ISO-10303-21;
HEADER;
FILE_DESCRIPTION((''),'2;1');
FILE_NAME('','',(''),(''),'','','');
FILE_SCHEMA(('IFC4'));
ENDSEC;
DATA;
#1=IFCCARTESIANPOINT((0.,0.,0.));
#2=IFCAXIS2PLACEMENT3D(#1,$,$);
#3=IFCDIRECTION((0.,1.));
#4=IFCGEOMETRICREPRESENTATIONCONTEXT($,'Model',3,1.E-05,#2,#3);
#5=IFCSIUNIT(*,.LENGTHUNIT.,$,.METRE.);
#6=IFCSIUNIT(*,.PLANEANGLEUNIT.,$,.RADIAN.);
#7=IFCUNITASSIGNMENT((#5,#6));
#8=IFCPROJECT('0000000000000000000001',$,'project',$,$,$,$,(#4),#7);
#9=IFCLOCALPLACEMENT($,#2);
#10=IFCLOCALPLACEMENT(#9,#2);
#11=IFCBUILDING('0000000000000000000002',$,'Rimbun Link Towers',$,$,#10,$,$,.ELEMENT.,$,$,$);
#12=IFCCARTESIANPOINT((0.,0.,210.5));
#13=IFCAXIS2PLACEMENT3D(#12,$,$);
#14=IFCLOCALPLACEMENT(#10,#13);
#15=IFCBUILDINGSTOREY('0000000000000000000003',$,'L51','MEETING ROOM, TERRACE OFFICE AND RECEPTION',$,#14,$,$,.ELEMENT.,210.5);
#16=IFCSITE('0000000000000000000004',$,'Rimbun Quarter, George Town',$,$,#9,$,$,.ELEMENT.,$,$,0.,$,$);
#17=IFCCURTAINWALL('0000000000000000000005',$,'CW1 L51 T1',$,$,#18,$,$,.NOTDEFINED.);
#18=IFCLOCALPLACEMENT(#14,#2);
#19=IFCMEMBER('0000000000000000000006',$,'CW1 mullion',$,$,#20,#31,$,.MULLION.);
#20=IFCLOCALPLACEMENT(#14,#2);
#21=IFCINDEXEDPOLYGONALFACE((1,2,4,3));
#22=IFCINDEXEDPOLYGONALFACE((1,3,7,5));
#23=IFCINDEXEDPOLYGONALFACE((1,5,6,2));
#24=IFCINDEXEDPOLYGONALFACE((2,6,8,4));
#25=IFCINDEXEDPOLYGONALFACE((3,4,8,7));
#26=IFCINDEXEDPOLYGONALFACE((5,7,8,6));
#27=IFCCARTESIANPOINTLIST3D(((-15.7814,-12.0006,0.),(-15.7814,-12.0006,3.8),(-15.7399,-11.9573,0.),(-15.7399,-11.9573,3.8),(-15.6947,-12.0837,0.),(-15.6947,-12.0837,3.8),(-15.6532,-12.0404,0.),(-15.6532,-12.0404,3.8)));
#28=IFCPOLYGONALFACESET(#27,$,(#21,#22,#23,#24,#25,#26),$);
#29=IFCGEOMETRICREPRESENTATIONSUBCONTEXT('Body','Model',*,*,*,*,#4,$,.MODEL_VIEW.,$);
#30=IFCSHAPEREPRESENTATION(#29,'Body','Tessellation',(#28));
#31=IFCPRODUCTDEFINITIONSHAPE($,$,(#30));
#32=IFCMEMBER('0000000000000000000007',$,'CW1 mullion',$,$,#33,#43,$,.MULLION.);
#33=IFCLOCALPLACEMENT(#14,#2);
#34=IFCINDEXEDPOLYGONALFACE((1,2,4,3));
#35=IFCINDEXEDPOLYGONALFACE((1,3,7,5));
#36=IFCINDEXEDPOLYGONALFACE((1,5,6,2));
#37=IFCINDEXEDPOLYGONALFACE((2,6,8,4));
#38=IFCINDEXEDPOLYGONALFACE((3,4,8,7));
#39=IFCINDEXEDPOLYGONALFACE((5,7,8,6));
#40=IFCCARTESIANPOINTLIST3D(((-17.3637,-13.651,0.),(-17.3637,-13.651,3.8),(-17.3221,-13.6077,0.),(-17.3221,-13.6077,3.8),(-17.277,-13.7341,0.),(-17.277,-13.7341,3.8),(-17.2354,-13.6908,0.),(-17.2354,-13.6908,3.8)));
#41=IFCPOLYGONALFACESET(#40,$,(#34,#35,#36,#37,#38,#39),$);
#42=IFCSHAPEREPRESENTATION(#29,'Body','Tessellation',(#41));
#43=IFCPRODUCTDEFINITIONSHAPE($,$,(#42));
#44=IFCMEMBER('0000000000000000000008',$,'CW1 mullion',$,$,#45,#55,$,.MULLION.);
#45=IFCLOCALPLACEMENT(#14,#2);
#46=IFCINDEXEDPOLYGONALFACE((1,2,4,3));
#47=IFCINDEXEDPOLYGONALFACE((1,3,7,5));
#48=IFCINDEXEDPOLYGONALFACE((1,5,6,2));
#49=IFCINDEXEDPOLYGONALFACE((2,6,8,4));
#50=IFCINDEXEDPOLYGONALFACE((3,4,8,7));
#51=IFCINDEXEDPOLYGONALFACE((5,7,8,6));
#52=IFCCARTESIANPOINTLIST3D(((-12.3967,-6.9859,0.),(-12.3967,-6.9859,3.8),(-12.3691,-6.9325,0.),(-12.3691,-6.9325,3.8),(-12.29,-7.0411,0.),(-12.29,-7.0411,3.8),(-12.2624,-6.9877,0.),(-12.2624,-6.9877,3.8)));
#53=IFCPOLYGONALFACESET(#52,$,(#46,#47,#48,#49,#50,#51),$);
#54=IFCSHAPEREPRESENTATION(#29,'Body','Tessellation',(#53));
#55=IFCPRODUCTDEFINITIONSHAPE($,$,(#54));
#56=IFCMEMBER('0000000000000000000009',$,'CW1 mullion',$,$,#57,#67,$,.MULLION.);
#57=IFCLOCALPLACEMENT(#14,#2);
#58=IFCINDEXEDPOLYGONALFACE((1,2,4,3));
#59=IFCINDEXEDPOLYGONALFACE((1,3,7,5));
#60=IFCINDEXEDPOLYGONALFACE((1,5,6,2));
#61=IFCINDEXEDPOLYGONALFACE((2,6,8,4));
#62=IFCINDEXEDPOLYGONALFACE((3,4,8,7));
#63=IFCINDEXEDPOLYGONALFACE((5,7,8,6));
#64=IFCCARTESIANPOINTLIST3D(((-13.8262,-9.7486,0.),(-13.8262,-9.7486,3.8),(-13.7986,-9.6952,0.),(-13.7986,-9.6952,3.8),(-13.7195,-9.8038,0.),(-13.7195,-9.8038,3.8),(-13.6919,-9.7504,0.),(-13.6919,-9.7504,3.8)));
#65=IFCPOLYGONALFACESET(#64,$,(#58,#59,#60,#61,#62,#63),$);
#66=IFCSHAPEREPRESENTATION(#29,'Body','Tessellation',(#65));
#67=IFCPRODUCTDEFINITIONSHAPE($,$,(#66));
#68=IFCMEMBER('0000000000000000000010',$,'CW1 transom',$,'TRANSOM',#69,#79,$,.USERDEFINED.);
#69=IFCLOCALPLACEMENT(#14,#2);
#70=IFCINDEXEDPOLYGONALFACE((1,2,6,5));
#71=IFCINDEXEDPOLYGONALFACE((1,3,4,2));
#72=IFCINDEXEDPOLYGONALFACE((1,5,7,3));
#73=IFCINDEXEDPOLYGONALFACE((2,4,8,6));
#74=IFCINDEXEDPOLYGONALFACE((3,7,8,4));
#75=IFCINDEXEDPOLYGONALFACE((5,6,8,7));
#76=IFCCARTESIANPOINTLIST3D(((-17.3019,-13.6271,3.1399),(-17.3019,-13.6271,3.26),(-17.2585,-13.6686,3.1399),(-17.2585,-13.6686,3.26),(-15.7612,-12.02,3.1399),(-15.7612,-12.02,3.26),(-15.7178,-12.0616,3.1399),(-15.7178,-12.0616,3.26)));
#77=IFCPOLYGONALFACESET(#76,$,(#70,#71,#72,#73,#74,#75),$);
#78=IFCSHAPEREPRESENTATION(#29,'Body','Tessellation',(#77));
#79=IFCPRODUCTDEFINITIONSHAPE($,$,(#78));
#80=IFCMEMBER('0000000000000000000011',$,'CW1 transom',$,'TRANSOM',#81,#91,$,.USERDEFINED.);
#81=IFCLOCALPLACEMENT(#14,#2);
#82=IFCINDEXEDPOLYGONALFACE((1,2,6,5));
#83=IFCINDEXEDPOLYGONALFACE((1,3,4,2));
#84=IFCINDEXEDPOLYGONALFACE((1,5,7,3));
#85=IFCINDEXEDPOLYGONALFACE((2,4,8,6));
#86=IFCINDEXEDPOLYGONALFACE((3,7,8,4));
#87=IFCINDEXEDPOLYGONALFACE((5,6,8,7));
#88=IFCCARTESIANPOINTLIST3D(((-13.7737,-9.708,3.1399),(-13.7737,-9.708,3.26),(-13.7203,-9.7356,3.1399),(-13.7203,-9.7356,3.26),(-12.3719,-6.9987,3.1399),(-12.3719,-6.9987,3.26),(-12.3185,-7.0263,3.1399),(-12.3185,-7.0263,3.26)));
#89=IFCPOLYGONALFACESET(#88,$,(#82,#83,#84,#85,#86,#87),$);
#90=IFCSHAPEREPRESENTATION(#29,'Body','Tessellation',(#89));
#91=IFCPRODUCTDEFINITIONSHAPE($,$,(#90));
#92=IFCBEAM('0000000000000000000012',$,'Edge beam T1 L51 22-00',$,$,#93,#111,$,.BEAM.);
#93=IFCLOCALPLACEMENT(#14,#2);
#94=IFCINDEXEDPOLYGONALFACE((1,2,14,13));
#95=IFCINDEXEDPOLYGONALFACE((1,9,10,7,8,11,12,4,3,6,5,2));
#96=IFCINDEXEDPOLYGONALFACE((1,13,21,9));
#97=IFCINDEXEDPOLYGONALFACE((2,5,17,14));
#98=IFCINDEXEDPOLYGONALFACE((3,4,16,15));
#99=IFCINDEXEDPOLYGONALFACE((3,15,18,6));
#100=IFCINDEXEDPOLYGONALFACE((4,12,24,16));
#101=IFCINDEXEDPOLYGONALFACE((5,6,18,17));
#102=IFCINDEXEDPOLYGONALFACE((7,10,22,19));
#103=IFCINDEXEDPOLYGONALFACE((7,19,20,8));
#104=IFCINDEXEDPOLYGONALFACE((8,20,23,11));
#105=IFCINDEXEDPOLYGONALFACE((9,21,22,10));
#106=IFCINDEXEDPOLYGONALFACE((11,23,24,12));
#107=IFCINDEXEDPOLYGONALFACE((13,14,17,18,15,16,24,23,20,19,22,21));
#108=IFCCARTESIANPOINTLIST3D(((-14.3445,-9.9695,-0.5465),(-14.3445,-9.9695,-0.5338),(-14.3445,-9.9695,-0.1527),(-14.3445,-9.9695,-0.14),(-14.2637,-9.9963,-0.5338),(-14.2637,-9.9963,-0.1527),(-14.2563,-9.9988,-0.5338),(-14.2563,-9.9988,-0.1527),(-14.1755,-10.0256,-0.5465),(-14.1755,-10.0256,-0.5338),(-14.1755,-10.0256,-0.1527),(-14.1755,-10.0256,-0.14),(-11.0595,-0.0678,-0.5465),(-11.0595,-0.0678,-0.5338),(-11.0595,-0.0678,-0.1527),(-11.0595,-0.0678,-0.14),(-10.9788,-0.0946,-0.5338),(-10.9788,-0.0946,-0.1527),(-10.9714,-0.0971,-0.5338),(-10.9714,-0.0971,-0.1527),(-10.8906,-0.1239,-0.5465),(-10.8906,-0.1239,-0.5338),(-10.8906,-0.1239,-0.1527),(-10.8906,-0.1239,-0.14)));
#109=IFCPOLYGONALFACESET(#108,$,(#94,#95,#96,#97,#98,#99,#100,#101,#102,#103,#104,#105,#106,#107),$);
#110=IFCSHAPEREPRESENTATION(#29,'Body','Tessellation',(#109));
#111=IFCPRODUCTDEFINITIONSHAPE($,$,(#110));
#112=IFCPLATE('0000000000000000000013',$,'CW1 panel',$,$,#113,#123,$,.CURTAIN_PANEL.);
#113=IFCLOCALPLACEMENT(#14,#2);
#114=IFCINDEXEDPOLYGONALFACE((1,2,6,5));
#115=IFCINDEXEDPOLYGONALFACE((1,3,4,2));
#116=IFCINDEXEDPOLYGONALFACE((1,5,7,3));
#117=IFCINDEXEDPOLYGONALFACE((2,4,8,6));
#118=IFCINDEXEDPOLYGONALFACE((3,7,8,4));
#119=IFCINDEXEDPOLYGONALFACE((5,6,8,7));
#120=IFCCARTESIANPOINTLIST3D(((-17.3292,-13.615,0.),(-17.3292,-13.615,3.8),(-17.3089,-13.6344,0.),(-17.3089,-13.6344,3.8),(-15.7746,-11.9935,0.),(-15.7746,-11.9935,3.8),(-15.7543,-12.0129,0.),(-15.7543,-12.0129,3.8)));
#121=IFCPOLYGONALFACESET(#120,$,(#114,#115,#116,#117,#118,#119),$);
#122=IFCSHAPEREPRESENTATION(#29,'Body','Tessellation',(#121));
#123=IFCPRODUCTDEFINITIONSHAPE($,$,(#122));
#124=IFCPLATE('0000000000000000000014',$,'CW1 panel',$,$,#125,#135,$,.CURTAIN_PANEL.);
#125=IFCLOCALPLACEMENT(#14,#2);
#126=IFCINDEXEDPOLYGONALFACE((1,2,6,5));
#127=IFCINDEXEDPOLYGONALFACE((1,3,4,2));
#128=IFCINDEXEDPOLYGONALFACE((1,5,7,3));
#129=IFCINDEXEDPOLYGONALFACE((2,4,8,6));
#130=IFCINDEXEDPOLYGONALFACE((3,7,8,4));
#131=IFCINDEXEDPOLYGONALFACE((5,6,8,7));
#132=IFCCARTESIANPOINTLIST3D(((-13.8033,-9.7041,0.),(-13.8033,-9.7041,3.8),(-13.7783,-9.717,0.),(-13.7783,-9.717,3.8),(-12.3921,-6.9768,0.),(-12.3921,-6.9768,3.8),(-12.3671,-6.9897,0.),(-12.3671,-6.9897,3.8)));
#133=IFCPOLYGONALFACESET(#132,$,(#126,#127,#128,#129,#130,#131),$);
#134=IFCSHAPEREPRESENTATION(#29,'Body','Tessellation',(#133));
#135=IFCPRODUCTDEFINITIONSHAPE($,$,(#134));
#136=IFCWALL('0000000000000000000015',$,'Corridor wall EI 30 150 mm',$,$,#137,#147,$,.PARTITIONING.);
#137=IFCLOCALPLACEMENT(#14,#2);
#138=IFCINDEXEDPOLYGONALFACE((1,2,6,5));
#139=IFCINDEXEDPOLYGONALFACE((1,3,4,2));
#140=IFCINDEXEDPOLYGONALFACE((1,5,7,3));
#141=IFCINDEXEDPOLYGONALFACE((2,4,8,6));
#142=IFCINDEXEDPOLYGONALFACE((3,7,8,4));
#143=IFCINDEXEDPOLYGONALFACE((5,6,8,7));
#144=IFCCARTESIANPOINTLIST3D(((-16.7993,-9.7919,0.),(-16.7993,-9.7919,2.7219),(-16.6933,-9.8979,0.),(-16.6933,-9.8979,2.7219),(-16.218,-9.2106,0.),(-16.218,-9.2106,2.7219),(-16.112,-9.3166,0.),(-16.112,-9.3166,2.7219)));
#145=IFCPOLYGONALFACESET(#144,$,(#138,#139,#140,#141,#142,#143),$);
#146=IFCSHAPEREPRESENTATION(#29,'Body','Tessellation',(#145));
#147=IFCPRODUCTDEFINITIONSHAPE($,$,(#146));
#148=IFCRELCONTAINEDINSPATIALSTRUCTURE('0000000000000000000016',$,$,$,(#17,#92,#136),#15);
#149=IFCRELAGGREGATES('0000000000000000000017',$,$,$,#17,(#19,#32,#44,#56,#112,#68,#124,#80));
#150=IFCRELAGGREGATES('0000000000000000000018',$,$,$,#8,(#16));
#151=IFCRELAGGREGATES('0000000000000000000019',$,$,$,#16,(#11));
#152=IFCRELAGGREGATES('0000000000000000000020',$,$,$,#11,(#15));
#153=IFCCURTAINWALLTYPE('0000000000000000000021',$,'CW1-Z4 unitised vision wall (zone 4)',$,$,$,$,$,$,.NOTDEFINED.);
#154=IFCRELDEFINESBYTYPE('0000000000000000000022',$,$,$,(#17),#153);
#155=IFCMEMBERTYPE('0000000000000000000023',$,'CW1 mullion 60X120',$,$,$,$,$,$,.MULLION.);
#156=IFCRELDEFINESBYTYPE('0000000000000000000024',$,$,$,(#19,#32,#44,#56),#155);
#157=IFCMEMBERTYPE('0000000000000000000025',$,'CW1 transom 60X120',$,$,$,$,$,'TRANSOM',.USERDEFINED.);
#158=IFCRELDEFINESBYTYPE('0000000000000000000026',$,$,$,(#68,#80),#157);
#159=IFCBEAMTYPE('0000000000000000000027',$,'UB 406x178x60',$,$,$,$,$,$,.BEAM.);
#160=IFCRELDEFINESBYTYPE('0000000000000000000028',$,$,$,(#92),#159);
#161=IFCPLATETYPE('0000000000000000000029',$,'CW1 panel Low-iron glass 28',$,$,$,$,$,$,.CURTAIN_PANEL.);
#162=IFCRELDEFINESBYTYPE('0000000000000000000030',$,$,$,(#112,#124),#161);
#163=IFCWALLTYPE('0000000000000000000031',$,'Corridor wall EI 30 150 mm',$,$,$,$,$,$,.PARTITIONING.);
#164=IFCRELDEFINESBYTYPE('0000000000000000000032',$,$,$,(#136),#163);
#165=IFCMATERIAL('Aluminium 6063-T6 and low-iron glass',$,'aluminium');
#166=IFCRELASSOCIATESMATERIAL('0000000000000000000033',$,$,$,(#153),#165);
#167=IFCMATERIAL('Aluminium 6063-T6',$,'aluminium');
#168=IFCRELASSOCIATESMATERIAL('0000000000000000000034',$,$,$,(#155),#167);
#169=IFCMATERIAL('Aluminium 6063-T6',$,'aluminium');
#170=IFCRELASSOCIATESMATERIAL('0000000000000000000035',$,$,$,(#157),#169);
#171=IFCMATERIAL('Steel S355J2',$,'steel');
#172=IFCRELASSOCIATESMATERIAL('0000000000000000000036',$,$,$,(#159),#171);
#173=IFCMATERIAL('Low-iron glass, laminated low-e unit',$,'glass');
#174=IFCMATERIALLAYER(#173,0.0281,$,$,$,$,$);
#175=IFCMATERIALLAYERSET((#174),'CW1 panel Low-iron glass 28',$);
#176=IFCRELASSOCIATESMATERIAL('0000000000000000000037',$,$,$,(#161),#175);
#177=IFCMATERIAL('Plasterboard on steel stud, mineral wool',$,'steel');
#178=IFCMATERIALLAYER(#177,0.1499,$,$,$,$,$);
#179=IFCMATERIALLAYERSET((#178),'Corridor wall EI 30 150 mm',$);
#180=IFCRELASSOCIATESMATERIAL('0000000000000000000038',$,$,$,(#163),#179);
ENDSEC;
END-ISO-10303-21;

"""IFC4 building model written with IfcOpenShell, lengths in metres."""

from ifc_helpers import new_model, si_unit, direction, frame, frame_2d, origin, origin_2d, place, context, subcontext, project, spatial, rectangle, i_section, extrude, material, layer, layer_set, material_profile, profile_set, type_object, element, aggregate, save


model = new_model("IFC4")

# Units and contexts
model_context = context("Model", 3, precision=1e-05, world=origin(), true_north=direction((0.0, 1.0)))
body_context = subcontext(model_context, "Body", "Model", "MODEL_VIEW")
ifc_project = project(units=[si_unit("LENGTHUNIT", "METRE"), si_unit("PLANEANGLEUNIT", "RADIAN")], contexts=[model_context])

# Site, building, storey
site_placement = place(None, origin())
site = spatial("IfcSite", under=ifc_project, at=site_placement, Name="Rimbun Quarter, George Town", CompositionType="ELEMENT", RefElevation=0.0)
building_placement = place(site_placement, origin())
building = spatial("IfcBuilding", under=site, at=building_placement, Name="Rimbun Link Towers", CompositionType="ELEMENT")
storey_placement = place(building_placement, frame((0.0, 0.0, 210.5)))
storey = spatial("IfcBuildingStorey", under=building, at=storey_placement, Name="L51", Description="MEETING ROOM, TERRACE OFFICE AND RECEPTION", CompositionType="ELEMENT", Elevation=210.5)

# Curtain wall, members
ifc_material_1 = material(Name="Aluminium 6063-T6 and low-iron glass", Category="aluminium")
curtain_wall_type = type_object("IfcCurtainWallType", Name="CW1-Z4 unitised vision wall (zone 4)", PredefinedType="NOTDEFINED", material=ifc_material_1)
curtain_wall_placement = place(storey_placement, origin())
curtain_wall = element("IfcCurtainWall", 1, at=curtain_wall_placement, inside=storey, type_object=curtain_wall_type, Name="CW1 L51 T1", PredefinedType="NOTDEFINED")
ifc_material_2 = material(Name="Aluminium 6063-T6", Category="aluminium")
ifc_material_profile_1 = material_profile(ifc_material_2, rectangle(XDim=0.1201, YDim=0.0601, at=origin_2d()), Name="MULLION 60X120")
ifc_profile_set_1 = profile_set([ifc_material_profile_1], Name="Aluminium 6063-T6")
member_type_1 = type_object("IfcMemberType", Name="CW1 mullion 60X120", PredefinedType="MULLION", material=ifc_profile_set_1)
member_1_placement = place(storey_placement, frame((-15.7173, -12.0205, 0.0), z_axis=(0.0, 0.0, 1.0), x_axis=(0.721846, -0.692053, 0.0)))
member_1 = element("IfcMember", 2, at=member_1_placement, type_object=member_type_1, Name="CW1 mullion", PredefinedType="MULLION", context=body_context, shape_type="SweptSolid", body=[
    extrude(rectangle(XDim=0.1201, YDim=0.0601, at=origin_2d()), origin(), (0.0, 0.0, 1.0), 3.8),
])
member_2_placement = place(storey_placement, frame((-17.2996, -13.6709, 0.0), z_axis=(0.0, 0.0, 1.0), x_axis=(0.721846, -0.692053, 0.0)))
member_2 = element("IfcMember", 3, at=member_2_placement, type_object=member_type_1, Name="CW1 mullion", PredefinedType="MULLION", context=body_context, shape_type="SweptSolid", body=[
    extrude(rectangle(XDim=0.1201, YDim=0.0601, at=origin_2d()), origin(), (0.0, 0.0, 1.0), 3.8),
])
member_3_placement = place(storey_placement, frame((-12.3296, -6.9868, 0.0), z_axis=(0.0, 0.0, 1.0), x_axis=(0.88815, -0.459554, 0.0)))
member_3 = element("IfcMember", 4, at=member_3_placement, type_object=member_type_1, Name="CW1 mullion", PredefinedType="MULLION", context=body_context, shape_type="SweptSolid", body=[
    extrude(rectangle(XDim=0.1201, YDim=0.0601, at=origin_2d()), origin(), (0.0, 0.0, 1.0), 3.8),
])
member_4_placement = place(storey_placement, frame((-13.759, -9.7495, 0.0), z_axis=(0.0, 0.0, 1.0), x_axis=(0.88815, -0.459554, 0.0)))
member_4 = element("IfcMember", 5, at=member_4_placement, type_object=member_type_1, Name="CW1 mullion", PredefinedType="MULLION", context=body_context, shape_type="SweptSolid", body=[
    extrude(rectangle(XDim=0.1201, YDim=0.0601, at=origin_2d()), origin(), (0.0, 0.0, 1.0), 3.8),
])
ifc_material_3 = material(Name="Aluminium 6063-T6", Category="aluminium")
ifc_material_profile_2 = material_profile(ifc_material_3, rectangle(XDim=0.0601, YDim=0.1201, at=origin_2d()), Name="TRANSOM 60X120")
ifc_profile_set_2 = profile_set([ifc_material_profile_2], Name="Aluminium 6063-T6")
member_type_2 = type_object("IfcMemberType", Name="CW1 transom 60X120", ElementType="TRANSOM", PredefinedType="USERDEFINED", material=ifc_profile_set_2)
member_5_placement = place(storey_placement, frame((-15.7395, -12.0408, 3.2), z_axis=(-0.692036, -0.721863, 0.0), x_axis=(0.721863, -0.692036, 0.0)))
member_5 = element("IfcMember", 6, at=member_5_placement, type_object=member_type_2, Name="CW1 transom", ObjectType="TRANSOM", PredefinedType="USERDEFINED", context=body_context, shape_type="SweptSolid", body=[
    extrude(rectangle(XDim=0.0601, YDim=0.1201, at=origin_2d()), origin(), (0.0, 0.0, 1.0), 2.2263),
])
member_6_placement = place(storey_placement, frame((-12.3452, -7.0125, 3.2), z_axis=(-0.459527, -0.888164, 0.0), x_axis=(0.888164, -0.459527, 0.0)))
member_6 = element("IfcMember", 7, at=member_6_placement, type_object=member_type_2, Name="CW1 transom", ObjectType="TRANSOM", PredefinedType="USERDEFINED", context=body_context, shape_type="SweptSolid", body=[
    extrude(rectangle(XDim=0.0601, YDim=0.1201, at=origin_2d()), origin(), (0.0, 0.0, 1.0), 3.0505),
])

# Beam
ifc_material_4 = material(Name="Steel S355J2", Category="steel")
ifc_material_profile_3 = material_profile(ifc_material_4, i_section(OverallWidth=0.178, OverallDepth=0.4065, WebThickness=0.0078, FlangeThickness=0.0127, at=origin_2d()), Name="UB 406x178x60")
ifc_profile_set_3 = profile_set([ifc_material_profile_3], Name="Steel S355J2")
beam_type = type_object("IfcBeamType", Name="UB 406x178x60", PredefinedType="BEAM", material=ifc_profile_set_3)
beam_placement = place(storey_placement, frame((-14.26, -9.9976, -0.3433), z_axis=(0.314879, 0.949132, 0.0), x_axis=(-0.949132, 0.314879, 0.0)))
element("IfcBeam", 8, at=beam_placement, inside=storey, type_object=beam_type, Name="Edge beam T1 L51 22-00", PredefinedType="BEAM", context=body_context, shape_type="SweptSolid", body=[
    extrude(i_section(OverallWidth=0.178, OverallDepth=0.4065, WebThickness=0.0078, FlangeThickness=0.0127, at=origin_2d()), origin(), (0.0, 0.0, 1.0), 10.4324),
])

# Plates
ifc_material_5 = material(Name="Low-iron glass, laminated low-e unit", Category="glass")
ifc_layer_1 = layer(ifc_material_5, 0.0281)
ifc_layer_set_1 = layer_set([ifc_layer_1], Name="CW1 panel Low-iron glass 28")
plate_type = type_object("IfcPlateType", Name="CW1 panel Low-iron glass 28", PredefinedType="CURTAIN_PANEL", material=ifc_layer_set_1)
plate_1_placement = place(storey_placement, frame((-16.5417, -12.814, 0.0), z_axis=(0.0, 0.0, 1.0), x_axis=(-0.692053, -0.721846, 0.0)))
plate_1 = element("IfcPlate", 9, at=plate_1_placement, type_object=plate_type, Name="CW1 panel", PredefinedType="CURTAIN_PANEL", context=body_context, shape_type="SweptSolid", body=[
    extrude(rectangle(XDim=2.2463, YDim=0.0281, at=origin_2d()), origin(), (0.0, 0.0, 1.0), 3.8),
])
plate_2_placement = place(storey_placement, frame((-13.0852, -8.3469, 0.0), z_axis=(0.0, 0.0, 1.0), x_axis=(-0.459554, -0.88815, 0.0)))
plate_2 = element("IfcPlate", 10, at=plate_2_placement, type_object=plate_type, Name="CW1 panel", PredefinedType="CURTAIN_PANEL", context=body_context, shape_type="SweptSolid", body=[
    extrude(rectangle(XDim=3.0708, YDim=0.0281, at=origin_2d()), origin(), (0.0, 0.0, 1.0), 3.8),
])
aggregate(curtain_wall, [member_1, member_2, member_3, member_4, plate_1, member_5, plate_2, member_6])

# Wall
ifc_material_6 = material(Name="Plasterboard on steel stud, mineral wool", Category="steel")
ifc_layer_2 = layer(ifc_material_6, 0.1499)
ifc_layer_set_2 = layer_set([ifc_layer_2], Name="Corridor wall EI 30 150 mm")
wall_type_1 = type_object("IfcWallType", Name="Corridor wall EI 30 150 mm", PredefinedType="PARTITIONING", material=ifc_layer_set_2)
wall_1_placement = place(storey_placement, frame((-16.7463, -9.845, 0.0), z_axis=(0.0, 0.0, 1.0), x_axis=(0.707107, 0.707107, 0.0)))
element("IfcWall", 11, at=wall_1_placement, inside=storey, type_object=wall_type_1, Name="Corridor wall EI 30 150 mm", PredefinedType="PARTITIONING", context=body_context, shape_type="SweptSolid", body=[
    extrude(rectangle(XDim=0.822, YDim=0.1499, at=frame_2d((0.4111, 0.0))), origin(), (0.0, 0.0, 1.0), 2.7219),
])

save(model, "model.ifc")
